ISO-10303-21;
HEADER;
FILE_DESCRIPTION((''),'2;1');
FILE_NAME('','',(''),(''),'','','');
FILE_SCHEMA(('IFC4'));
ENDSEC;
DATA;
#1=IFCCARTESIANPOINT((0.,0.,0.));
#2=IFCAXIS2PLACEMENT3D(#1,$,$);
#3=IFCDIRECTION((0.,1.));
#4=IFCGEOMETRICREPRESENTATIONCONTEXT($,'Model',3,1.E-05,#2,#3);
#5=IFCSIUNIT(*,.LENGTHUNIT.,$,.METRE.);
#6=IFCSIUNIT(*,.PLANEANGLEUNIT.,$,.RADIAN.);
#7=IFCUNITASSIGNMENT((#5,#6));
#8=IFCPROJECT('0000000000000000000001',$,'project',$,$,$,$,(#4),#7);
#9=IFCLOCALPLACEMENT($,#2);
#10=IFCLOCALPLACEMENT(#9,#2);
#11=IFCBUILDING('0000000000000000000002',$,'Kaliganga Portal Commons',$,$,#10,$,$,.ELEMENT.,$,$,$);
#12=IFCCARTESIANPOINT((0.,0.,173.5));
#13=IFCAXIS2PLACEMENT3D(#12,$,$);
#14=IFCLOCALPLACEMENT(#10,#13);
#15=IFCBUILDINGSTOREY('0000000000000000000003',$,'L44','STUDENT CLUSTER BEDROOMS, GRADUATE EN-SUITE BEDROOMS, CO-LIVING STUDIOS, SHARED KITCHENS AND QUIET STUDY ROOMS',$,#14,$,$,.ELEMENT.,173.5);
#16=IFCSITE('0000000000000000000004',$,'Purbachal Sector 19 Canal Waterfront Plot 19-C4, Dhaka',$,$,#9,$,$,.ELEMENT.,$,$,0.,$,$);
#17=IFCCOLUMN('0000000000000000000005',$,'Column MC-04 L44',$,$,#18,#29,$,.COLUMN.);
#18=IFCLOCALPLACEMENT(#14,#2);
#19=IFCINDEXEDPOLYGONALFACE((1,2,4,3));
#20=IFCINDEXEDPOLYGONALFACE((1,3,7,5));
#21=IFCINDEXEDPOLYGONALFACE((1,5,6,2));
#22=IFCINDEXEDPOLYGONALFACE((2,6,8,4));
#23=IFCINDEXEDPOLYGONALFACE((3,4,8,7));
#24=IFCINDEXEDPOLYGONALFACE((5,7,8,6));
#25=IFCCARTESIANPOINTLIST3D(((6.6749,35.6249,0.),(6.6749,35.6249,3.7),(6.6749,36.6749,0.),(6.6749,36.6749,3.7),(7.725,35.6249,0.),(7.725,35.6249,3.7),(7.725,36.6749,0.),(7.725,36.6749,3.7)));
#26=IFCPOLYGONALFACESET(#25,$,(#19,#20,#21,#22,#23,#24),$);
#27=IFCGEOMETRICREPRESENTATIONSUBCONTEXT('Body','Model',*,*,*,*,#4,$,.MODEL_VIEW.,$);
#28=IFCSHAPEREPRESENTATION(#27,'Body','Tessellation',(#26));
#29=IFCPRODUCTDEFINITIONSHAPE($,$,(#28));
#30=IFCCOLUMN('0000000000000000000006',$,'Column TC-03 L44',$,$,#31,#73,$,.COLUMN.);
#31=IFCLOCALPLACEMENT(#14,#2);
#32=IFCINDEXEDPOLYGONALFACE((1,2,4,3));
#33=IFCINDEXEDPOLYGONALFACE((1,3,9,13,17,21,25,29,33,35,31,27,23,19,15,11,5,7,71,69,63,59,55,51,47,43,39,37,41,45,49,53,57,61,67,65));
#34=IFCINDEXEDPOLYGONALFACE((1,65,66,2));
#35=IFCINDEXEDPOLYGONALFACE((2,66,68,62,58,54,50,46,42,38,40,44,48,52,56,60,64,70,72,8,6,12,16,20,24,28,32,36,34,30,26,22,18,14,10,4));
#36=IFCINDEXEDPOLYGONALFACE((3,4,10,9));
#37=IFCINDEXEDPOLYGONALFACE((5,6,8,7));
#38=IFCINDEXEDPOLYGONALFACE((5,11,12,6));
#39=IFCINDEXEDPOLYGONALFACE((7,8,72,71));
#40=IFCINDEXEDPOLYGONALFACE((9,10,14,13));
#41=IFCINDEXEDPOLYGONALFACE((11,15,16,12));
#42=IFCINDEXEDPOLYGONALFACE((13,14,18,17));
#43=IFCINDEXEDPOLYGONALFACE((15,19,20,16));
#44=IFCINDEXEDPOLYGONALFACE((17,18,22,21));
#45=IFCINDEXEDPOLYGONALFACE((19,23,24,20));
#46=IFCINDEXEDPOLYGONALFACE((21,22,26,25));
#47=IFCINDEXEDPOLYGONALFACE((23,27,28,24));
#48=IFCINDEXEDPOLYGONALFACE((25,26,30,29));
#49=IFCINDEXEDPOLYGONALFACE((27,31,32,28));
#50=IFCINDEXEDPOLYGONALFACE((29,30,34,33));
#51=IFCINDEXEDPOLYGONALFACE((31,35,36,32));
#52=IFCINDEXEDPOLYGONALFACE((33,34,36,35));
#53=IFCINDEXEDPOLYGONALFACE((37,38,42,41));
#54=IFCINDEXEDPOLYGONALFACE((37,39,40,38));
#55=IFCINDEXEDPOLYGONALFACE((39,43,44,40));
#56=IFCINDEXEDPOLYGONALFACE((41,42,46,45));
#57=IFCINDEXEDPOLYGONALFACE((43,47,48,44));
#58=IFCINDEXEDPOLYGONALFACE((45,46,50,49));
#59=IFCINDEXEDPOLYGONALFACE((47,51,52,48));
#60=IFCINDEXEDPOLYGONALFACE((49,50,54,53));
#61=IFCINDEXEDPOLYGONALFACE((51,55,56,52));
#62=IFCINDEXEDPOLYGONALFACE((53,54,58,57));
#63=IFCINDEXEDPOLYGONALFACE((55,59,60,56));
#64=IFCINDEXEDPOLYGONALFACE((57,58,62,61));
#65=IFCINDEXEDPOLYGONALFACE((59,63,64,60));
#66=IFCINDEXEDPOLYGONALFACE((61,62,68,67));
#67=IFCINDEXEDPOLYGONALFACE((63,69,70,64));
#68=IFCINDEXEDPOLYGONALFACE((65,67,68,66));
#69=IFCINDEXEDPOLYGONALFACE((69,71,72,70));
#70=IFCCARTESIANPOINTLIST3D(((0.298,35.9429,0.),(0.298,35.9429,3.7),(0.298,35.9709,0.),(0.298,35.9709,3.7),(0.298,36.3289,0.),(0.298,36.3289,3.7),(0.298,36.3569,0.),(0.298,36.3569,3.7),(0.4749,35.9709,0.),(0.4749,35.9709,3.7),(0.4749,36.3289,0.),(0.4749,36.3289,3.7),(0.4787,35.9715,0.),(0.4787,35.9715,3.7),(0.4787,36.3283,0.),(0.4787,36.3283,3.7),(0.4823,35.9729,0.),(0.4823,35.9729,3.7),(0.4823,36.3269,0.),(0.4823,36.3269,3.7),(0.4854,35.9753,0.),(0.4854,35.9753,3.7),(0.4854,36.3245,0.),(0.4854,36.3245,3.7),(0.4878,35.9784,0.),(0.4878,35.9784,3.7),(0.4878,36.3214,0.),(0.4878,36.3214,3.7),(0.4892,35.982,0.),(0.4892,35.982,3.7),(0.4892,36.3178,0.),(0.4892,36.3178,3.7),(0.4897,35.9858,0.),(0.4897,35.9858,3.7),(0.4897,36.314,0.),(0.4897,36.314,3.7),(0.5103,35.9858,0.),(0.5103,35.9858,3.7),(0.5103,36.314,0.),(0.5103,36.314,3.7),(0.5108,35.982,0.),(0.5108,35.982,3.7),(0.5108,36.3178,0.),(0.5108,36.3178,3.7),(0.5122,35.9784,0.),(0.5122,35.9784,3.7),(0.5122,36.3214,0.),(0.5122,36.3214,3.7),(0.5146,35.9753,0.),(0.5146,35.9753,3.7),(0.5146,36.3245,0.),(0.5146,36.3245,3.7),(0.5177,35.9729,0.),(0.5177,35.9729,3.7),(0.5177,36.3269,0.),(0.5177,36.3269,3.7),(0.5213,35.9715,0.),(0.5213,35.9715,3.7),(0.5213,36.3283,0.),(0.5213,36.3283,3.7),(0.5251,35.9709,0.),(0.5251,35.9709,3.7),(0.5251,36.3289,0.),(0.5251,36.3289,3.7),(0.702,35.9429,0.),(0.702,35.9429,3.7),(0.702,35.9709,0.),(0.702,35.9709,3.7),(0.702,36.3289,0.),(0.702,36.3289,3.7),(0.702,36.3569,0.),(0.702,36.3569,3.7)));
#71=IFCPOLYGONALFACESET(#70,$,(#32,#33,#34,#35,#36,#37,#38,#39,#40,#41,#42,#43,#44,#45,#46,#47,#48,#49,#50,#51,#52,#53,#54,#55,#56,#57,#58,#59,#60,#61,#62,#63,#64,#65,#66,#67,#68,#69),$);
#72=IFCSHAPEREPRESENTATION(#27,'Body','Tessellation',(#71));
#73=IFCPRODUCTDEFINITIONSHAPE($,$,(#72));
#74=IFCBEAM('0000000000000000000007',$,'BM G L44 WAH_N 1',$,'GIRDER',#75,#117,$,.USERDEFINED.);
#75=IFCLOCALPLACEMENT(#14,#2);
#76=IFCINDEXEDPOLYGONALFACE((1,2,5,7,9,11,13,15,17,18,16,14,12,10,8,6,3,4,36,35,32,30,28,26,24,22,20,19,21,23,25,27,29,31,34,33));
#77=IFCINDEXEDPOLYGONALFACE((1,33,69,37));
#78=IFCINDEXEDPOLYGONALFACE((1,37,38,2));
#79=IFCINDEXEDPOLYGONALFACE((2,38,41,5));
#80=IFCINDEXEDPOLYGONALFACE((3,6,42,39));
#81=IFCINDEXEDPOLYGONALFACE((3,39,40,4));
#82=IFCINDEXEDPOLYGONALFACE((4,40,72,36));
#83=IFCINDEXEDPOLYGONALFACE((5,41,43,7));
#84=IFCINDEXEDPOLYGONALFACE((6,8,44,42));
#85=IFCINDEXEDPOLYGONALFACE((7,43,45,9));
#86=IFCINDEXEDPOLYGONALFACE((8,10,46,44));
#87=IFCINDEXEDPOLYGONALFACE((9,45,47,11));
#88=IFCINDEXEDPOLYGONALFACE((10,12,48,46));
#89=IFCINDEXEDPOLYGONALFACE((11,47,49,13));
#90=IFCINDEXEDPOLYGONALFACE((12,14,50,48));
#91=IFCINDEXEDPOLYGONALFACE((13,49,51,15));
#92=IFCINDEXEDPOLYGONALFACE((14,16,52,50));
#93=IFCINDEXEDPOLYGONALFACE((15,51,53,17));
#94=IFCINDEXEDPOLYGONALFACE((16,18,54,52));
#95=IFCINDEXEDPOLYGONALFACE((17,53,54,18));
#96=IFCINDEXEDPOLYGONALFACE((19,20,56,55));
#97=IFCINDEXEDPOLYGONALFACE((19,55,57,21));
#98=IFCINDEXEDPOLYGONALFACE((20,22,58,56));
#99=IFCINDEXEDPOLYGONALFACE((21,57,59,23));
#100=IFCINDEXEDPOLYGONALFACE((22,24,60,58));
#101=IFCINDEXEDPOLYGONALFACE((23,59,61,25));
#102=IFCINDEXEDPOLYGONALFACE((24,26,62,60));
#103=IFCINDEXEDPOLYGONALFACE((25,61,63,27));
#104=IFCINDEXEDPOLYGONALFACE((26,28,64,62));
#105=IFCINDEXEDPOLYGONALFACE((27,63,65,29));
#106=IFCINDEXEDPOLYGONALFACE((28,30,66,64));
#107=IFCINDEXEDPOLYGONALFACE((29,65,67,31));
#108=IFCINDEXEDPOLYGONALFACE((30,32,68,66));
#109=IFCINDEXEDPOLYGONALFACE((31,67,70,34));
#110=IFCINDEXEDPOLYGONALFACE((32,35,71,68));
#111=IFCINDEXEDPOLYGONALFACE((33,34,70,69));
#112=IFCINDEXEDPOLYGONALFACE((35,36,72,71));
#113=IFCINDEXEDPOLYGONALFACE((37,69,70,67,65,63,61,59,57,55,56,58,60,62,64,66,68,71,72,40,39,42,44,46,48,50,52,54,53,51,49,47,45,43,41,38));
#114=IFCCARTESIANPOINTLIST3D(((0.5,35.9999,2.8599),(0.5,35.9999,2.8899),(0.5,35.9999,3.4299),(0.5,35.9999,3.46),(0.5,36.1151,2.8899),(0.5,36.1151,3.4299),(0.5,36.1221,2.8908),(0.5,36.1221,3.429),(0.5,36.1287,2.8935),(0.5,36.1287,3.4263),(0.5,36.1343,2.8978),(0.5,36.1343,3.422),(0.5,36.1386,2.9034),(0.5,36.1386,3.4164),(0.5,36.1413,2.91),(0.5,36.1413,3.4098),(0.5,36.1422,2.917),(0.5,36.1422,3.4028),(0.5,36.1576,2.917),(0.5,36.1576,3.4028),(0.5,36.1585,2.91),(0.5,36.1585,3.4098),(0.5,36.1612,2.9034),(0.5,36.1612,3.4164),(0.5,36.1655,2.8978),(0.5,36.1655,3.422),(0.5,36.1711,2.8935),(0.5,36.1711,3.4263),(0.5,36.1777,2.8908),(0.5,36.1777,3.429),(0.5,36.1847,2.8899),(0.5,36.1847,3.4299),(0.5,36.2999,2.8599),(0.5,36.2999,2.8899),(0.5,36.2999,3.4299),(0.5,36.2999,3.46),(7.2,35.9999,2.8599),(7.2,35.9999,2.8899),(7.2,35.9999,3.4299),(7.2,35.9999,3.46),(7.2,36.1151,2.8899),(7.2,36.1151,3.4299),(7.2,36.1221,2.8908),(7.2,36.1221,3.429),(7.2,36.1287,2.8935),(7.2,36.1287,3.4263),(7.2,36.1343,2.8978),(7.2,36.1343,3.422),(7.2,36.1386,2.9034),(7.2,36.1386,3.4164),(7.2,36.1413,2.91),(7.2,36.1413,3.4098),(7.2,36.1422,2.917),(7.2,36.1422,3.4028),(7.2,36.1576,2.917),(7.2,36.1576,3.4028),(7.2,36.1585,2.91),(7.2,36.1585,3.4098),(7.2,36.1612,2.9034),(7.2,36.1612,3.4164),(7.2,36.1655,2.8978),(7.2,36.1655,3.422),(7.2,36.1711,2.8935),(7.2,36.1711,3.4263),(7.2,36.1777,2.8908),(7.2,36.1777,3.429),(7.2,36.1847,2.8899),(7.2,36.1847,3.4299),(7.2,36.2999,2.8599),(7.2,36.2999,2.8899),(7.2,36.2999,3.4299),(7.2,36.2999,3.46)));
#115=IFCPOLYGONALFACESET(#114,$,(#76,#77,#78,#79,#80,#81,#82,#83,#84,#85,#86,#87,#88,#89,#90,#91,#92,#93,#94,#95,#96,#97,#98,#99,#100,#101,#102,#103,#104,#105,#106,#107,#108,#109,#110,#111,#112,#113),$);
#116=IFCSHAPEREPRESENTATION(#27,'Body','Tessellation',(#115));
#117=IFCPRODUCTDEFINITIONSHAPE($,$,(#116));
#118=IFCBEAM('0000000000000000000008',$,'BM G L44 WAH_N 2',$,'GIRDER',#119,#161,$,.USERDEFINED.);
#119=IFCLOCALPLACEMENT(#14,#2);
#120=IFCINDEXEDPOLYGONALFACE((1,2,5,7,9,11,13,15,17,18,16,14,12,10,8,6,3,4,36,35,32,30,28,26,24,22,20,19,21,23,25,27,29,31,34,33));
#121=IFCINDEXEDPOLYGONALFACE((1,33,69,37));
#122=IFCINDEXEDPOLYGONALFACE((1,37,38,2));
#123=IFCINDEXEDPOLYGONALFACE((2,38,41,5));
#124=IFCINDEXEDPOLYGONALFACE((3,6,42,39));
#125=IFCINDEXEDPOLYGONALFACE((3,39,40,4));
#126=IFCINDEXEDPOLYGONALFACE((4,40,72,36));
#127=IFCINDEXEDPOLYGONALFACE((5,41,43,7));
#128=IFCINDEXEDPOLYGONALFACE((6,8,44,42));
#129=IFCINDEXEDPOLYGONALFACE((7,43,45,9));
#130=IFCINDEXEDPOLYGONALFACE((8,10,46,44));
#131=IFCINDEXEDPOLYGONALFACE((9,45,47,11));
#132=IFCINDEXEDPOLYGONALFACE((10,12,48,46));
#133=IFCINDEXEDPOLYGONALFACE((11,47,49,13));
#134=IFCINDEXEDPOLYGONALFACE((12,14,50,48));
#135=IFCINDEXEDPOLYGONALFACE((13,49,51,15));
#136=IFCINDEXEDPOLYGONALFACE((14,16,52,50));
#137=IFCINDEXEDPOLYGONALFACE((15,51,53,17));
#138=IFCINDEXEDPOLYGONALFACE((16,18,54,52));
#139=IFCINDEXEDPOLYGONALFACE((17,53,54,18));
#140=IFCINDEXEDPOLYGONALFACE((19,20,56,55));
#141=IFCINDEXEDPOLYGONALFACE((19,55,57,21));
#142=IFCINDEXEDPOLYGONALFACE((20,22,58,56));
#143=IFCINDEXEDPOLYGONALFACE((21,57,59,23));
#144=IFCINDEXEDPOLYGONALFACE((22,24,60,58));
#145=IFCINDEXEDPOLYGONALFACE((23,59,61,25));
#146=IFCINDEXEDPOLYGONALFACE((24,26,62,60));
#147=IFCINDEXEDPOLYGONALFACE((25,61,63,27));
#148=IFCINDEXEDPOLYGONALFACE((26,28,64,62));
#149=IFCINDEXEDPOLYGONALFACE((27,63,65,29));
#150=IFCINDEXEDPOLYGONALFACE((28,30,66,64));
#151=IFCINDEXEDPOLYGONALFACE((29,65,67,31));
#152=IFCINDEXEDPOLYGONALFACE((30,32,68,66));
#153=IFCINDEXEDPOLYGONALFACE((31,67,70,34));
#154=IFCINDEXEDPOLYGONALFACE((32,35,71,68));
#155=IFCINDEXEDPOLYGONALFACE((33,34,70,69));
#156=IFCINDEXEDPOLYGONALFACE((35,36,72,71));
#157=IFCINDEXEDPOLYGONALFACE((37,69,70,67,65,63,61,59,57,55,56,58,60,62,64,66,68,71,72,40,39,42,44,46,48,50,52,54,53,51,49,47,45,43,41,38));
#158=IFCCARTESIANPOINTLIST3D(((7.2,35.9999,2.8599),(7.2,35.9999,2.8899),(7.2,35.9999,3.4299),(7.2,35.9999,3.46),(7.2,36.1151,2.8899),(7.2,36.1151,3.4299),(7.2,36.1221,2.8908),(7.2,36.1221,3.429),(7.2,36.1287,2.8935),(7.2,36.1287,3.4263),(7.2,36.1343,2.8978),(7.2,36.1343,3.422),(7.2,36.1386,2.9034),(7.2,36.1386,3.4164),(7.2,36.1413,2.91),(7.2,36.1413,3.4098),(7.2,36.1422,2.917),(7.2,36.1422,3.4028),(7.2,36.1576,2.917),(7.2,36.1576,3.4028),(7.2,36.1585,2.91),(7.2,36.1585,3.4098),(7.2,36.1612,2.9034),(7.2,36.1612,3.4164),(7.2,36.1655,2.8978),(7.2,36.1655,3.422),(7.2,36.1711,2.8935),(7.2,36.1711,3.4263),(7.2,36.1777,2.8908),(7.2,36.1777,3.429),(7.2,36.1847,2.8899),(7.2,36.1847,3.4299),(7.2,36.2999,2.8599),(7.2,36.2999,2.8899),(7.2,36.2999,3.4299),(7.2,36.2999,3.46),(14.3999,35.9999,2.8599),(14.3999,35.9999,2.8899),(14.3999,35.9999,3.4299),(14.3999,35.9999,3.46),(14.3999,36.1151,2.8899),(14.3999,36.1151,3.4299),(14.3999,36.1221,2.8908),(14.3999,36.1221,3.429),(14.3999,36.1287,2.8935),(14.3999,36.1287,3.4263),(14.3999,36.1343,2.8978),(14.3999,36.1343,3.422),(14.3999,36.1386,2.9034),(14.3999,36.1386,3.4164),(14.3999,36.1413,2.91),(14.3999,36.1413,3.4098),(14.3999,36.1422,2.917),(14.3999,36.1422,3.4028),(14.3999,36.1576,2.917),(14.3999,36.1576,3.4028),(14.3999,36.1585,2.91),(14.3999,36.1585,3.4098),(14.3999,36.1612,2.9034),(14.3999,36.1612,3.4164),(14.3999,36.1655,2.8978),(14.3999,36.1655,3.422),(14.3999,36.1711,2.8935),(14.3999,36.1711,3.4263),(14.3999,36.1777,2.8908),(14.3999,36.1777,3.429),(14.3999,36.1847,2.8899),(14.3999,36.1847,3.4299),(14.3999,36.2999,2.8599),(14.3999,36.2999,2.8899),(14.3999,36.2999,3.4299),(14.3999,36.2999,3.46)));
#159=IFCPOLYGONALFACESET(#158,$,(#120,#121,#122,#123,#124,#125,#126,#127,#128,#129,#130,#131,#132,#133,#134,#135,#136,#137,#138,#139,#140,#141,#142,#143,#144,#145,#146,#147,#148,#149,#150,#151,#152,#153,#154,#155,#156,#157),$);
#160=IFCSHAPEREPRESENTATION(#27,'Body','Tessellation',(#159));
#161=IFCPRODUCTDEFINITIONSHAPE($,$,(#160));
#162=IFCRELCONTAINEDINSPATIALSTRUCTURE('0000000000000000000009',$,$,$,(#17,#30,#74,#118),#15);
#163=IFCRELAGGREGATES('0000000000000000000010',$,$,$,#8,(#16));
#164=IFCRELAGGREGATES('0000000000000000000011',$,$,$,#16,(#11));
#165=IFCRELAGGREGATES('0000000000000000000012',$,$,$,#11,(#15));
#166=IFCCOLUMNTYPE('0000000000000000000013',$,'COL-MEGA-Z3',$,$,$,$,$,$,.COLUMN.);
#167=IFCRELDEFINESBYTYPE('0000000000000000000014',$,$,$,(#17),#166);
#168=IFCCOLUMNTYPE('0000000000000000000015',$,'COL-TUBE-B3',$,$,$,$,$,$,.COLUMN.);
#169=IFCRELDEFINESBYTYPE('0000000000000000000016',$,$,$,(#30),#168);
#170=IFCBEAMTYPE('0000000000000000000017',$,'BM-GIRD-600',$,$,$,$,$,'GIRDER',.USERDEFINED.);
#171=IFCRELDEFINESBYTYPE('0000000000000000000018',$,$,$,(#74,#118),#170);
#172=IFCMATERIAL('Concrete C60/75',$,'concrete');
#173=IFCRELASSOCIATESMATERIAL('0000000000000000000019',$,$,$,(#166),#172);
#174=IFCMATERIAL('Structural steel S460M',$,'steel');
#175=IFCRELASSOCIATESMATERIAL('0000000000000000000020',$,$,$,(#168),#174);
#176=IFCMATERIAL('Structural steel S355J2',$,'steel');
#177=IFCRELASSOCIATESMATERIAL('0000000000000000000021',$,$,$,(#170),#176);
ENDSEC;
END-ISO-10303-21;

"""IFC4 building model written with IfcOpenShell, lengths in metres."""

from ifc_helpers import new_model, si_unit, direction, frame, origin, origin_2d, place, context, subcontext, project, spatial, rectangle, i_section, extrude, source, transform, mapped, material, material_profile, profile_set, type_object, element, save


model = new_model("IFC4")

# Units and contexts
model_context = context("Model", 3, precision=1e-05, world=origin(), true_north=direction((0.0, 1.0)))
body_context = subcontext(model_context, "Body", "Model", "MODEL_VIEW")
ifc_project = project(units=[si_unit("LENGTHUNIT", "METRE"), si_unit("PLANEANGLEUNIT", "RADIAN")], contexts=[model_context])

# Site, building, storey
site_placement = place(None, origin())
site = spatial("IfcSite", under=ifc_project, at=site_placement, Name="Purbachal Sector 19 Canal Waterfront Plot 19-C4, Dhaka", CompositionType="ELEMENT", RefElevation=0.0)
building_placement = place(site_placement, origin())
building = spatial("IfcBuilding", under=site, at=building_placement, Name="Kaliganga Portal Commons", CompositionType="ELEMENT")
storey_placement = place(building_placement, frame((0.0, 0.0, 173.5)))
storey = spatial("IfcBuildingStorey", under=building, at=storey_placement, Name="L44", Description="STUDENT CLUSTER BEDROOMS, GRADUATE EN-SUITE BEDROOMS, CO-LIVING STUDIOS, SHARED KITCHENS AND QUIET STUDY ROOMS", CompositionType="ELEMENT", Elevation=173.5)

# Columns
ifc_material_1 = material(Name="Concrete C60/75", Category="concrete")
ifc_material_profile_1 = material_profile(ifc_material_1, rectangle(XDim=1.05, YDim=1.05, at=origin_2d()), Name="RC 1050x1050")
ifc_profile_set_1 = profile_set([ifc_material_profile_1], Name="Concrete C60/75")
column_type_1 = type_object("IfcColumnType", Name="COL-MEGA-Z3", PredefinedType="COLUMN", material=ifc_profile_set_1)
shared_shape_1 = source(origin(), body_context, "Body", "SweptSolid", [
    extrude(rectangle(XDim=1.05, YDim=1.05, at=origin_2d()), origin(), (0.0, 0.0, 1.0), 3.7),
])
column_1_placement = place(storey_placement, frame((7.2, 36.1499, 0.0), z_axis=(0.0, 0.0, 1.0), x_axis=(1.0, 0.0, 0.0)))
element("IfcColumn", 1, at=column_1_placement, inside=storey, type_object=column_type_1, Name="Column MC-04 L44", PredefinedType="COLUMN", context=body_context, shape_type="MappedRepresentation", body=[
    mapped(shared_shape_1, transform((0.0, 0.0, 0.0), x_axis=(1.0, 0.0, 0.0), y_axis=(0.0, 1.0, 0.0), z_axis=(0.0, 0.0, 1.0), scale=1.0)),
])
ifc_material_2 = material(Name="Structural steel S460M", Category="steel")
ifc_material_profile_2 = material_profile(ifc_material_2, i_section(OverallWidth=0.4041, OverallDepth=0.4141, WebThickness=0.0205, FlangeThickness=0.0281, FilletRadius=0.0149, at=origin_2d()), Name="HD 400x347")
ifc_profile_set_2 = profile_set([ifc_material_profile_2], Name="Structural steel S460M wide-flange")
column_type_2 = type_object("IfcColumnType", Name="COL-TUBE-B3", PredefinedType="COLUMN", material=ifc_profile_set_2)
shared_shape_2 = source(origin(), body_context, "Body", "SweptSolid", [
    extrude(i_section(OverallWidth=0.4041, OverallDepth=0.4141, WebThickness=0.0205, FlangeThickness=0.0281, FilletRadius=0.0149, at=origin_2d()), origin(), (0.0, 0.0, 1.0), 3.7),
])
column_2_placement = place(storey_placement, frame((0.5, 36.1499, 0.0), z_axis=(0.0, 0.0, 1.0), x_axis=(1.0, 0.0, 0.0)))
element("IfcColumn", 2, at=column_2_placement, inside=storey, type_object=column_type_2, Name="Column TC-03 L44", PredefinedType="COLUMN", context=body_context, shape_type="MappedRepresentation", body=[
    mapped(shared_shape_2, transform((0.0, 0.0, 0.0), x_axis=(1.0, 0.0, 0.0), y_axis=(0.0, 1.0, 0.0), z_axis=(0.0, 0.0, 1.0), scale=1.0)),
])

# Beams
ifc_material_3 = material(Name="Structural steel S355J2", Category="steel")
ifc_material_profile_3 = material_profile(ifc_material_3, i_section(OverallWidth=0.3, OverallDepth=0.6001, WebThickness=0.0154, FlangeThickness=0.03, FilletRadius=0.0271, at=origin_2d()), Name="HE 600 B")
ifc_profile_set_3 = profile_set([ifc_material_profile_3], Name="Structural steel S355J2 wide-flange")
beam_type = type_object("IfcBeamType", Name="BM-GIRD-600", ElementType="GIRDER", PredefinedType="USERDEFINED", material=ifc_profile_set_3)
shared_shape_3 = source(origin(), body_context, "Body", "SweptSolid", [
    extrude(i_section(OverallWidth=0.3, OverallDepth=0.6001, WebThickness=0.0154, FlangeThickness=0.03, FilletRadius=0.0271, at=origin_2d()), origin(), (0.0, 0.0, 1.0), 6.7),
])
beam_1_placement = place(storey_placement, frame((0.5, 36.1499, 3.1599), z_axis=(1.0, 0.0, 0.0), x_axis=(0.0, 1.0, 0.0)))
element("IfcBeam", 3, at=beam_1_placement, inside=storey, type_object=beam_type, Name="BM G L44 WAH_N 1", ObjectType="GIRDER", PredefinedType="USERDEFINED", context=body_context, shape_type="MappedRepresentation", body=[
    mapped(shared_shape_3, transform((0.0, 0.0, 0.0), x_axis=(1.0, 0.0, 0.0), y_axis=(0.0, 1.0, 0.0), z_axis=(0.0, 0.0, 1.0), scale=1.0)),
])
shared_shape_4 = source(origin(), body_context, "Body", "SweptSolid", [
    extrude(i_section(OverallWidth=0.3, OverallDepth=0.6001, WebThickness=0.0154, FlangeThickness=0.03, FilletRadius=0.0271, at=origin_2d()), origin(), (0.0, 0.0, 1.0), 7.2),
])
beam_2_placement = place(storey_placement, frame((7.2, 36.1499, 3.1599), z_axis=(1.0, 0.0, 0.0), x_axis=(0.0, 1.0, 0.0)))
element("IfcBeam", 4, at=beam_2_placement, inside=storey, type_object=beam_type, Name="BM G L44 WAH_N 2", ObjectType="GIRDER", PredefinedType="USERDEFINED", context=body_context, shape_type="MappedRepresentation", body=[
    mapped(shared_shape_4, transform((0.0, 0.0, 0.0), x_axis=(1.0, 0.0, 0.0), y_axis=(0.0, 1.0, 0.0), z_axis=(0.0, 0.0, 1.0), scale=1.0)),
])

save(model, "model.ifc")
